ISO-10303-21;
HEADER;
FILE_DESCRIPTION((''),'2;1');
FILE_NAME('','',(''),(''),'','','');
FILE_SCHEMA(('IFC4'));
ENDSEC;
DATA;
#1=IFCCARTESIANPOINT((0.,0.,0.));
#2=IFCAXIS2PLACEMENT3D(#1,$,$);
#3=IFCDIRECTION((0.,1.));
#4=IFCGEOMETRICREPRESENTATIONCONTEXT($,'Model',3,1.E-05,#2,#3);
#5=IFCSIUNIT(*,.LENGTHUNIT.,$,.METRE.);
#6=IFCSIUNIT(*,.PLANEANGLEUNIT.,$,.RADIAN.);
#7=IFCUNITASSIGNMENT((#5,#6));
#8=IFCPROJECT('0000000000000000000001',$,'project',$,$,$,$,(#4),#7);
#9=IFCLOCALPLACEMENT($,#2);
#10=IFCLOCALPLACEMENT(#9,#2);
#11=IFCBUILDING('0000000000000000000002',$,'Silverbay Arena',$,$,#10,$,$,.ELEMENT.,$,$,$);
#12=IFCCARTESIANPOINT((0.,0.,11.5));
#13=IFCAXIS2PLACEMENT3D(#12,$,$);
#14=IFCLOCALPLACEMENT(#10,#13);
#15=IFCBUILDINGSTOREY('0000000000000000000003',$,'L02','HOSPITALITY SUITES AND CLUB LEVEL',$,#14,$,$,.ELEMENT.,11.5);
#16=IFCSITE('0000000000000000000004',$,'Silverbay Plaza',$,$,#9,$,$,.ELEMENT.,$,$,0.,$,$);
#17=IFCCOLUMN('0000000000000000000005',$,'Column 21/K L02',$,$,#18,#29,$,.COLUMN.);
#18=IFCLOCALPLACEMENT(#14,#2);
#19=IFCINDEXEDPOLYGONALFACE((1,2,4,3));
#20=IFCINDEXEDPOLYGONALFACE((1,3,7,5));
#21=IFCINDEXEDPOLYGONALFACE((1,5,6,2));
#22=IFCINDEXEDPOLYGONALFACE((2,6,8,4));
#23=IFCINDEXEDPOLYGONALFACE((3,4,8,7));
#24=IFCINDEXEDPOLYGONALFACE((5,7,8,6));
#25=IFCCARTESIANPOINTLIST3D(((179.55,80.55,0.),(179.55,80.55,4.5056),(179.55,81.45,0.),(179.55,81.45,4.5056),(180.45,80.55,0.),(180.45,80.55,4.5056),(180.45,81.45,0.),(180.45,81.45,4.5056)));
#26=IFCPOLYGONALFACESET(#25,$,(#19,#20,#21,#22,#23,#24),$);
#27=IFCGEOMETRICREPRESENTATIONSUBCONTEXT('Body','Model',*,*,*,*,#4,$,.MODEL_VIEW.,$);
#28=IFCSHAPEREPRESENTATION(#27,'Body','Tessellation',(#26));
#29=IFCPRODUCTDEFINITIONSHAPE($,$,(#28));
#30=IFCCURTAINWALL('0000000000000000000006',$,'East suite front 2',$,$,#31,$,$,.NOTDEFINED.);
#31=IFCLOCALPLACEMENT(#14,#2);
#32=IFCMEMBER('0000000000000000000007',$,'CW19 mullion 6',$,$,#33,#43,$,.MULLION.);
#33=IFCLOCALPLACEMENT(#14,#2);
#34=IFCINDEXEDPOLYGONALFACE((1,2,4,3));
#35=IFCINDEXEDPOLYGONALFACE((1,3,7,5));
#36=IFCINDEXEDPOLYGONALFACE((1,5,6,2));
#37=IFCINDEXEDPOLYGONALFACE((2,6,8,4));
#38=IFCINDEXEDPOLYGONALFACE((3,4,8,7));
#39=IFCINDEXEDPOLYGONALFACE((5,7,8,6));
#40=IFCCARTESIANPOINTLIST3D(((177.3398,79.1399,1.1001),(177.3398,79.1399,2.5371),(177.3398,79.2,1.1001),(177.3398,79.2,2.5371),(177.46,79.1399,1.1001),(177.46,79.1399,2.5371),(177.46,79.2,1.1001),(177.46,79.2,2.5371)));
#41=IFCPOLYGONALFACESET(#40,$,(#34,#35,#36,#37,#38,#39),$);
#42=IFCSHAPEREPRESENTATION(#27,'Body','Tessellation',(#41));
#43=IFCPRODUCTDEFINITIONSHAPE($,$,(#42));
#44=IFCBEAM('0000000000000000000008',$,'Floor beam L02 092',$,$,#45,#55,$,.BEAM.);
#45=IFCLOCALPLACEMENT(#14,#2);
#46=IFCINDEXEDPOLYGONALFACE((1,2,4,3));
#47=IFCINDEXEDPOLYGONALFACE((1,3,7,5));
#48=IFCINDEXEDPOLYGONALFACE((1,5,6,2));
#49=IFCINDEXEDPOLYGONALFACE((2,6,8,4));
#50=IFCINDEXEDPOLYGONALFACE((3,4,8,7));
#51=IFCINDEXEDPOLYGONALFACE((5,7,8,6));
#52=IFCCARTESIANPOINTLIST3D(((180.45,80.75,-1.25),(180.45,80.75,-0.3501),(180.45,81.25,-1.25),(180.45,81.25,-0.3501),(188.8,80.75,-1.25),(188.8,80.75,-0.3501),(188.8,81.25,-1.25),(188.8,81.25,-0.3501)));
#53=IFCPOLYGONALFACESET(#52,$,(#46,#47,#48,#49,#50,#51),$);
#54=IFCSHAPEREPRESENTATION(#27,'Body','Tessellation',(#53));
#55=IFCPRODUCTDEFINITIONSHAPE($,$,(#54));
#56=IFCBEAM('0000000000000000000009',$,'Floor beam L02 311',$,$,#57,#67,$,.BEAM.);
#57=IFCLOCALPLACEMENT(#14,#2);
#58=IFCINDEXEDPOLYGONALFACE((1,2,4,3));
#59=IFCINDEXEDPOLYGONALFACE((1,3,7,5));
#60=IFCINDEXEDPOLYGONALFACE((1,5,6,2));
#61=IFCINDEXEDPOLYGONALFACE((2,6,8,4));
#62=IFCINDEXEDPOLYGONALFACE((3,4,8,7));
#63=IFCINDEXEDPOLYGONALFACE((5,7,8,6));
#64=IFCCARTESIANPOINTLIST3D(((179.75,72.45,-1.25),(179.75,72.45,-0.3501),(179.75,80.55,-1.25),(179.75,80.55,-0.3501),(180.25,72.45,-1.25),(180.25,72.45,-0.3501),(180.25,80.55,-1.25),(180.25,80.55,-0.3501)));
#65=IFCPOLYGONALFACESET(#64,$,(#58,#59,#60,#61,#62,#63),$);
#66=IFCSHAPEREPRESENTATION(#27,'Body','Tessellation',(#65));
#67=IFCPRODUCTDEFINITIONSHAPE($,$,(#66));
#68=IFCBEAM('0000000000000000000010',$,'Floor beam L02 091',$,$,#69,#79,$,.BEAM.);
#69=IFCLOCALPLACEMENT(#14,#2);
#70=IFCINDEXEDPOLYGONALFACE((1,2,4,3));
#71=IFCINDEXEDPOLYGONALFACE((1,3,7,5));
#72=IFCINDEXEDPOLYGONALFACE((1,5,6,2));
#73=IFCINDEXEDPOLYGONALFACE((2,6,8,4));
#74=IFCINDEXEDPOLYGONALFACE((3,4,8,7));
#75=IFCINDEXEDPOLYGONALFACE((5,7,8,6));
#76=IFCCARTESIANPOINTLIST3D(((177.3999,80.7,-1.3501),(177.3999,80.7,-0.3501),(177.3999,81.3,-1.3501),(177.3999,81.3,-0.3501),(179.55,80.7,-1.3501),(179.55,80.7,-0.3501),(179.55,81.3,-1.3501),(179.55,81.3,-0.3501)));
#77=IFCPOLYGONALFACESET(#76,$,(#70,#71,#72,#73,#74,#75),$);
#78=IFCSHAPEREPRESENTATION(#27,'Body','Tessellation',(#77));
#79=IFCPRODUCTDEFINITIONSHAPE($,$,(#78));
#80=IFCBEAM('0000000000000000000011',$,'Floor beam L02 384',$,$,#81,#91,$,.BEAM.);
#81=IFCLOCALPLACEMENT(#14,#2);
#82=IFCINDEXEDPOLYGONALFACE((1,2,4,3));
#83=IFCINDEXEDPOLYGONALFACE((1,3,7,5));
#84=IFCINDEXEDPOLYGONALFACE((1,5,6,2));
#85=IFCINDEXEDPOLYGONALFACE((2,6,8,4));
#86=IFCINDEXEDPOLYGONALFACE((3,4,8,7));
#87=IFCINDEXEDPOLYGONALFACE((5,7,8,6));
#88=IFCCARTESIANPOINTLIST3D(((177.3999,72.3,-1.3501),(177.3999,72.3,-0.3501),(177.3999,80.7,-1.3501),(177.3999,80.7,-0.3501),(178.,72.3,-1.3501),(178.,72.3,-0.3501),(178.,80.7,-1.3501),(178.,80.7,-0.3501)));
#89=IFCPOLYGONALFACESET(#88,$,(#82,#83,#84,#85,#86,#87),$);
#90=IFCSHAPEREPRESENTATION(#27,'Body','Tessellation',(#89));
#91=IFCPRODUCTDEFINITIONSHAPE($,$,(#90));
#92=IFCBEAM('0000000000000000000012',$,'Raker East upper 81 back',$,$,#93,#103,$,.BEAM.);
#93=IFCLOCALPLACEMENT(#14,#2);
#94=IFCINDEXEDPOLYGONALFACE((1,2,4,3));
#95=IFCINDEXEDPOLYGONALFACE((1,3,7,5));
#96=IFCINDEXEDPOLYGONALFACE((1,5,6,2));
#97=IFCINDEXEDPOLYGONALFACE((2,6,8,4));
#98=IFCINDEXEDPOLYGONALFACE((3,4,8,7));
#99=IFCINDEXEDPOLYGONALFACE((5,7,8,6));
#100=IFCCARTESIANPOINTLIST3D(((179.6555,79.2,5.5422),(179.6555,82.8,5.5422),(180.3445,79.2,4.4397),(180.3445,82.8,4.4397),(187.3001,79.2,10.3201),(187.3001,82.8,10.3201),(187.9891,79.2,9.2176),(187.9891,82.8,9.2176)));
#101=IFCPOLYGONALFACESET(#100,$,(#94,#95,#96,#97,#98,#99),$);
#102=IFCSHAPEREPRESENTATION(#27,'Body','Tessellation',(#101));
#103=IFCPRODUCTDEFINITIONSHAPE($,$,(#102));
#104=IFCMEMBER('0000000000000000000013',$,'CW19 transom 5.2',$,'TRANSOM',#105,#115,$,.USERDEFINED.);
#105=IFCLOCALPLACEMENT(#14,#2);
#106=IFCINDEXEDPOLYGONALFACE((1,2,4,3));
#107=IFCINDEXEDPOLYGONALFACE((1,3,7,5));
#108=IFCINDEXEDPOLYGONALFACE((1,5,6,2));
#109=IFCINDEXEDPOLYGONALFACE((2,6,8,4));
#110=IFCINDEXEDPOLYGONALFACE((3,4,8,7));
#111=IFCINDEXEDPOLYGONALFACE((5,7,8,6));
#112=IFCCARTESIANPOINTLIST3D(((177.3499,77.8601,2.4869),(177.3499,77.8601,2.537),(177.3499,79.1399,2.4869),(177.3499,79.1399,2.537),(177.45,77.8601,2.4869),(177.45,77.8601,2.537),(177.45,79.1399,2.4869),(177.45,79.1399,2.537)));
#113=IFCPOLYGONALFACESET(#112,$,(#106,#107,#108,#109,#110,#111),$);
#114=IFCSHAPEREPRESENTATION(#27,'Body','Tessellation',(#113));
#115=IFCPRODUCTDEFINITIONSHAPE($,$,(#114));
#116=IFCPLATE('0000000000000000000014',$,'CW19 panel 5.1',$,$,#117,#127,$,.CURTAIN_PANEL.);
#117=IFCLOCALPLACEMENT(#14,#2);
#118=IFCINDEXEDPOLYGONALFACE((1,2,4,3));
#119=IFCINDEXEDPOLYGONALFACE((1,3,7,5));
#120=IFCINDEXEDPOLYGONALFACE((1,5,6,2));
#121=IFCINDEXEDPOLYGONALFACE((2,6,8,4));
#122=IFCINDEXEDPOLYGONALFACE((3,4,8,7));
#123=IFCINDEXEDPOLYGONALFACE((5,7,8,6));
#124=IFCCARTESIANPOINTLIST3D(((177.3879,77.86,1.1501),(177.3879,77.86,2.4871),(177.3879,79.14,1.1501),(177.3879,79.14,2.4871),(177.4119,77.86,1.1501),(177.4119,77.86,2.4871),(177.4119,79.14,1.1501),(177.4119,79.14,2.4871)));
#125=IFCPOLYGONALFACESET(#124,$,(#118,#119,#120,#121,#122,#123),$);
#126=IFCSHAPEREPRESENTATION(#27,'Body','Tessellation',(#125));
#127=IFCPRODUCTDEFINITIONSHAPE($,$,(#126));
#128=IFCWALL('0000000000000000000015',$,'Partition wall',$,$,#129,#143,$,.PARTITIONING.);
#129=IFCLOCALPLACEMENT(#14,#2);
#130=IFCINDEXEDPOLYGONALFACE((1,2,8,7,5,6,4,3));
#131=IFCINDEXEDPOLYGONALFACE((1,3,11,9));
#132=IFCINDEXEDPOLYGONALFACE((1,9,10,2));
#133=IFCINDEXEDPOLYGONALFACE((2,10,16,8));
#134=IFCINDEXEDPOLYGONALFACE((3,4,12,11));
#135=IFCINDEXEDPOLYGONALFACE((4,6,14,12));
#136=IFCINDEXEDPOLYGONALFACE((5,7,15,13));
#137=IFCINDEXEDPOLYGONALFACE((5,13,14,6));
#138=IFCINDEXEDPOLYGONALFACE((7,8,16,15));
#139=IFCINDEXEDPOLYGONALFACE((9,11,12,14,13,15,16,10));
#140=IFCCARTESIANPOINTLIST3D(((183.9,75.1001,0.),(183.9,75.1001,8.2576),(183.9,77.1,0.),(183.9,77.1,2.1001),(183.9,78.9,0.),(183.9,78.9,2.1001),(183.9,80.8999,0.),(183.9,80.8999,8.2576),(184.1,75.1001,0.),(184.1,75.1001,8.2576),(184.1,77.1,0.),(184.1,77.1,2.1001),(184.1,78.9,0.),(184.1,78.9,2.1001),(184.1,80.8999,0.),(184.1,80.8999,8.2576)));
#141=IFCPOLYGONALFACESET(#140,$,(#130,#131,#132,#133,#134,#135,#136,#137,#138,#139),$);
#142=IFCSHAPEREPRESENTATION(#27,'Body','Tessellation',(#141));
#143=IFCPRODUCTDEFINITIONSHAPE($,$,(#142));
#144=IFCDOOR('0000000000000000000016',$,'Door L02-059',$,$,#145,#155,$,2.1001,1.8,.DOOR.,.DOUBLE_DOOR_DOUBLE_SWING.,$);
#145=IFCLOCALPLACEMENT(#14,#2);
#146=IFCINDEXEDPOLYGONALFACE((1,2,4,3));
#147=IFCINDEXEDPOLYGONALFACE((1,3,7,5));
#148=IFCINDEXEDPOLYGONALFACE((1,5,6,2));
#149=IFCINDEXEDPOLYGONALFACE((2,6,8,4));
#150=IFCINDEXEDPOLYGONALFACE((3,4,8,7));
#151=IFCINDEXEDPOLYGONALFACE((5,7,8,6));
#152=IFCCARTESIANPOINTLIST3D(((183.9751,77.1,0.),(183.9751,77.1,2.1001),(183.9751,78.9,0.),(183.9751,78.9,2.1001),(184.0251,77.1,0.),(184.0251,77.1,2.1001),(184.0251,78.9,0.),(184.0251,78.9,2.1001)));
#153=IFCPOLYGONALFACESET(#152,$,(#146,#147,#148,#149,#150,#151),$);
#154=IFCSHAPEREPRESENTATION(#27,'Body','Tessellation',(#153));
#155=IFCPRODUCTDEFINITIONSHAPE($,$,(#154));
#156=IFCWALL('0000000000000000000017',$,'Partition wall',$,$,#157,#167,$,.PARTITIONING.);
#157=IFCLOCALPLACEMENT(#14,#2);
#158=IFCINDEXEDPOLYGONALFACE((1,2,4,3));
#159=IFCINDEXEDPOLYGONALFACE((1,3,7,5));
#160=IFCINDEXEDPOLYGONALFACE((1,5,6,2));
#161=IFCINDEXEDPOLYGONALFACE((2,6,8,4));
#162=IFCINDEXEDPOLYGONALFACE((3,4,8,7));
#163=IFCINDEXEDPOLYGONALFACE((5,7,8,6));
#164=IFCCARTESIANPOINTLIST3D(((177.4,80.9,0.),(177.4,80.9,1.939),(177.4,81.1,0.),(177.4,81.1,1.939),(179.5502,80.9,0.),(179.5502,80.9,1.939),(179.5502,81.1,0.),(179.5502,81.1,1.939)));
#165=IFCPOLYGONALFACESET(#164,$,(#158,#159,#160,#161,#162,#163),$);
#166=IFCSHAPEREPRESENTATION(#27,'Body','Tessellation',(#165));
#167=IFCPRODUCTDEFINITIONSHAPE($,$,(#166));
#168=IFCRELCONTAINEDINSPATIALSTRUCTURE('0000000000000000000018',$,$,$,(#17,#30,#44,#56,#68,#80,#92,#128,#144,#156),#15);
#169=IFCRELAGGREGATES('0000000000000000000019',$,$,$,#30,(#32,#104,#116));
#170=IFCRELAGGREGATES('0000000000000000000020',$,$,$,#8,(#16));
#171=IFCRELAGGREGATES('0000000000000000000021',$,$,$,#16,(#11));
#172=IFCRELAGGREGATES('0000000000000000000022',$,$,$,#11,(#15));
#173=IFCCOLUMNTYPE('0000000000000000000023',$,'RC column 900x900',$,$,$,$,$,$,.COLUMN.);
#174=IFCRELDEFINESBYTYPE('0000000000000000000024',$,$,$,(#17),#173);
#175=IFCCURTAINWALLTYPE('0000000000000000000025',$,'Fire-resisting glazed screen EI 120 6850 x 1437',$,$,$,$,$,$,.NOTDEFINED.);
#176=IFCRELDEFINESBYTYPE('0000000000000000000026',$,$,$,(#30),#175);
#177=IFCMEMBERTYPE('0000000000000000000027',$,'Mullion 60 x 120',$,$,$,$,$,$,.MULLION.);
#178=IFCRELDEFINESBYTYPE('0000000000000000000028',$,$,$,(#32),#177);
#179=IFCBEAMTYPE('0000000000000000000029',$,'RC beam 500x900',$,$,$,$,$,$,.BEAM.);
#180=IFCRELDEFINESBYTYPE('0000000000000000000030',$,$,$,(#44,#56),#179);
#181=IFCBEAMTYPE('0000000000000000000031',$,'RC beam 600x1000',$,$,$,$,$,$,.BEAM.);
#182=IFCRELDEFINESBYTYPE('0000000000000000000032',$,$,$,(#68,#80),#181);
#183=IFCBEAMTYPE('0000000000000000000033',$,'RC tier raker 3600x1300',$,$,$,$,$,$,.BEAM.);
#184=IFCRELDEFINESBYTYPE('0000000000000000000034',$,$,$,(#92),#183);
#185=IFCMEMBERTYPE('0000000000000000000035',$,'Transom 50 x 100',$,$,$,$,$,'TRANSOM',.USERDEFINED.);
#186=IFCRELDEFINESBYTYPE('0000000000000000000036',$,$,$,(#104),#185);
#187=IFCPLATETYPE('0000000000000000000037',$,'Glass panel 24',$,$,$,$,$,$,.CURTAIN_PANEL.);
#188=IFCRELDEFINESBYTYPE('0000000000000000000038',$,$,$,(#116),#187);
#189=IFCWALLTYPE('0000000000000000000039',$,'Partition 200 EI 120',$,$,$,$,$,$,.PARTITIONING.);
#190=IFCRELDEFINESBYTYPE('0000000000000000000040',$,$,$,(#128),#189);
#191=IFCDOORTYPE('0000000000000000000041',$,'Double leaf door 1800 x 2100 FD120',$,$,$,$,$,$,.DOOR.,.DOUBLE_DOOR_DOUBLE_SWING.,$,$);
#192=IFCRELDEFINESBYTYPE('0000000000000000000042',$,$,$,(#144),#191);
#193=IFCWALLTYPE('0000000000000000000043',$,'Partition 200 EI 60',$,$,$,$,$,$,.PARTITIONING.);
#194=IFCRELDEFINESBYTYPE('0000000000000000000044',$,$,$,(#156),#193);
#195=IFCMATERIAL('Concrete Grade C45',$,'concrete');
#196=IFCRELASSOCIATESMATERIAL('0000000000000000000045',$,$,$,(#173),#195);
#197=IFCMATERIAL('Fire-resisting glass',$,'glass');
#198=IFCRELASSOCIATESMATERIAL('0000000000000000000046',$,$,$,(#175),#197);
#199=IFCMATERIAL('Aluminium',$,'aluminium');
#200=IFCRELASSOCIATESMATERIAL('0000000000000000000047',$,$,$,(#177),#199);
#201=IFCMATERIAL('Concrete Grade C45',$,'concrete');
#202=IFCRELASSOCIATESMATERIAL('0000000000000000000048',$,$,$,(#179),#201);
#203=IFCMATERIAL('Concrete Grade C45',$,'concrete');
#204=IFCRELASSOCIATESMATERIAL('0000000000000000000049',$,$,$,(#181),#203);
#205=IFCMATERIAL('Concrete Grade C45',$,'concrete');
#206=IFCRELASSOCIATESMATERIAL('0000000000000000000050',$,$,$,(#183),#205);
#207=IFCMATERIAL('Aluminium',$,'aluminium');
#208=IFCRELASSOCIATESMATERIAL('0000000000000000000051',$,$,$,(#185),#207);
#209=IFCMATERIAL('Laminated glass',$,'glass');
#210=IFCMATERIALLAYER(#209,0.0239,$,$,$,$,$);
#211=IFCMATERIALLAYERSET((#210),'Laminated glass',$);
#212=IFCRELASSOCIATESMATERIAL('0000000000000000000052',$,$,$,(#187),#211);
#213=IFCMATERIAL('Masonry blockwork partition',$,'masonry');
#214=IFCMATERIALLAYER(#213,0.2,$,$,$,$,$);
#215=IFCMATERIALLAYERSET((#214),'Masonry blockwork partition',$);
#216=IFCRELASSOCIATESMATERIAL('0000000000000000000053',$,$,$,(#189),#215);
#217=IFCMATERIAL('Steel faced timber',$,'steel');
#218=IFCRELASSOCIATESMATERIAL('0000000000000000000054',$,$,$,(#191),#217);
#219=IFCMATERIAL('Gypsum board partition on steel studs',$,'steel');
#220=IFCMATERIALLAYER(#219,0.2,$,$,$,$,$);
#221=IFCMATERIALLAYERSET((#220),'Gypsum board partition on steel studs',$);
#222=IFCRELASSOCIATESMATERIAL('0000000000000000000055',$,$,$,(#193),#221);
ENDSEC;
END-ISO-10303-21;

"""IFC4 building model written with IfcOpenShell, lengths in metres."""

from ifc_helpers import new_model, si_unit, direction, frame, frame_2d, origin, origin_2d, place, context, subcontext, project, spatial, rectangle, extrude, material, layer, layer_set, material_profile, profile_set, type_object, element, fill, aggregate, save


model = new_model("IFC4")

# Units and contexts
model_context = context("Model", 3, precision=1e-05, world=origin(), true_north=direction((0.0, 1.0)))
body_context = subcontext(model_context, "Body", "Model", "MODEL_VIEW")
ifc_project = project(units=[si_unit("LENGTHUNIT", "METRE"), si_unit("PLANEANGLEUNIT", "RADIAN")], contexts=[model_context])

# Site, building, storey
site_placement = place(None, origin())
site = spatial("IfcSite", under=ifc_project, at=site_placement, Name="Silverbay Plaza", CompositionType="ELEMENT", RefElevation=0.0)
building_placement = place(site_placement, origin())
building = spatial("IfcBuilding", under=site, at=building_placement, Name="Silverbay Arena", CompositionType="ELEMENT")
storey_placement = place(building_placement, frame((0.0, 0.0, 11.5)))
storey = spatial("IfcBuildingStorey", under=building, at=storey_placement, Name="L02", Description="HOSPITALITY SUITES AND CLUB LEVEL", CompositionType="ELEMENT", Elevation=11.5)

# Column
ifc_material_1 = material(Name="Concrete Grade C45", Category="concrete")
ifc_material_profile_1 = material_profile(ifc_material_1, rectangle(XDim=0.8999, YDim=0.8999, at=origin_2d()), Name="RC 900x900")
ifc_profile_set_1 = profile_set([ifc_material_profile_1], Name="Concrete Grade C45")
column_type = type_object("IfcColumnType", Name="RC column 900x900", PredefinedType="COLUMN", material=ifc_profile_set_1)
column_placement = place(storey_placement, frame((180.0, 81.0, 0.0), z_axis=(0.0, 0.0, 1.0), x_axis=(1.0, 0.0, 0.0)))
element("IfcColumn", 1, at=column_placement, inside=storey, type_object=column_type, Name="Column 21/K L02", PredefinedType="COLUMN", context=body_context, shape_type="SweptSolid", body=[
    extrude(rectangle(XDim=0.8999, YDim=0.8999, at=origin_2d()), origin(), (0.0, 0.0, 1.0), 4.5056),
])

# Curtain wall, member
ifc_material_2 = material(Name="Fire-resisting glass", Category="glass")
curtain_wall_type = type_object("IfcCurtainWallType", Name="Fire-resisting glazed screen EI 120 6850 x 1437", PredefinedType="NOTDEFINED", material=ifc_material_2)
curtain_wall_placement = place(storey_placement, origin())
curtain_wall = element("IfcCurtainWall", 2, at=curtain_wall_placement, inside=storey, type_object=curtain_wall_type, Name="East suite front 2", PredefinedType="NOTDEFINED")
ifc_material_3 = material(Name="Aluminium", Category="aluminium")
ifc_material_profile_2 = material_profile(ifc_material_3, rectangle(XDim=0.1201, YDim=0.0601, at=origin_2d()), Name="Mullion 60 x 120")
ifc_profile_set_2 = profile_set([ifc_material_profile_2], Name="Aluminium")
member_type_1 = type_object("IfcMemberType", Name="Mullion 60 x 120", PredefinedType="MULLION", material=ifc_profile_set_2)
member_1_placement = place(storey_placement, frame((177.3999, 79.1699, 1.1001), z_axis=(0.0, 0.0, 1.0), x_axis=(-1.0, 0.0, 0.0)))
member_1 = element("IfcMember", 3, at=member_1_placement, type_object=member_type_1, Name="CW19 mullion 6", PredefinedType="MULLION", context=body_context, shape_type="SweptSolid", body=[
    extrude(rectangle(XDim=0.1201, YDim=0.0601, at=origin_2d()), origin(), (0.0, 0.0, 1.0), 1.437),
])

# Beams
ifc_material_4 = material(Name="Concrete Grade C45", Category="concrete")
ifc_material_profile_3 = material_profile(ifc_material_4, rectangle(XDim=0.5, YDim=0.8999, at=origin_2d()), Name="RC 500x900")
ifc_profile_set_3 = profile_set([ifc_material_profile_3], Name="Concrete Grade C45")
beam_type_1 = type_object("IfcBeamType", Name="RC beam 500x900", PredefinedType="BEAM", material=ifc_profile_set_3)
beam_1_placement = place(storey_placement, frame((180.45, 81.0, -0.8), z_axis=(1.0, 0.0, 0.0), x_axis=(0.0, 1.0, 0.0)))
element("IfcBeam", 4, at=beam_1_placement, inside=storey, type_object=beam_type_1, Name="Floor beam L02 092", PredefinedType="BEAM", context=body_context, shape_type="SweptSolid", body=[
    extrude(rectangle(XDim=0.5, YDim=0.8999, at=origin_2d()), origin(), (0.0, 0.0, 1.0), 8.3501),
])
beam_2_placement = place(storey_placement, frame((180.0, 72.45, -0.8), z_axis=(0.0, 1.0, 0.0), x_axis=(-1.0, 0.0, 0.0)))
element("IfcBeam", 5, at=beam_2_placement, inside=storey, type_object=beam_type_1, Name="Floor beam L02 311", PredefinedType="BEAM", context=body_context, shape_type="SweptSolid", body=[
    extrude(rectangle(XDim=0.5, YDim=0.8999, at=origin_2d()), origin(), (0.0, 0.0, 1.0), 8.1001),
])
ifc_material_5 = material(Name="Concrete Grade C45", Category="concrete")
ifc_material_profile_4 = material_profile(ifc_material_5, rectangle(XDim=0.6001, YDim=1.0, at=origin_2d()), Name="RC 600x1000")
ifc_profile_set_4 = profile_set([ifc_material_profile_4], Name="Concrete Grade C45")
beam_type_2 = type_object("IfcBeamType", Name="RC beam 600x1000", PredefinedType="BEAM", material=ifc_profile_set_4)
beam_3_placement = place(storey_placement, frame((177.3999, 81.0, -0.8501), z_axis=(1.0, 0.0, 0.0), x_axis=(0.0, 1.0, 0.0)))
element("IfcBeam", 6, at=beam_3_placement, inside=storey, type_object=beam_type_2, Name="Floor beam L02 091", PredefinedType="BEAM", context=body_context, shape_type="SweptSolid", body=[
    extrude(rectangle(XDim=0.6001, YDim=1.0, at=origin_2d()), origin(), (0.0, 0.0, 1.0), 2.1501),
])
beam_4_placement = place(storey_placement, frame((177.7, 72.3, -0.8501), z_axis=(0.0, 1.0, 0.0), x_axis=(-1.0, 0.0, 0.0)))
element("IfcBeam", 7, at=beam_4_placement, inside=storey, type_object=beam_type_2, Name="Floor beam L02 384", PredefinedType="BEAM", context=body_context, shape_type="SweptSolid", body=[
    extrude(rectangle(XDim=0.6001, YDim=1.0, at=origin_2d()), origin(), (0.0, 0.0, 1.0), 8.3999),
])
ifc_material_6 = material(Name="Concrete Grade C45", Category="concrete")
ifc_material_profile_5 = material_profile(ifc_material_6, rectangle(XDim=3.6001, YDim=1.3, at=origin_2d()), Name="RC 3600x1300")
ifc_profile_set_5 = profile_set([ifc_material_profile_5], Name="Concrete Grade C45")
beam_type_3 = type_object("IfcBeamType", Name="RC tier raker 3600x1300", PredefinedType="BEAM", material=ifc_profile_set_5)
beam_5_placement = place(storey_placement, frame((180.0, 81.0, 4.991), z_axis=(0.847998, 0.0, 0.529999), x_axis=(0.0, 1.0, 0.0)))
element("IfcBeam", 8, at=beam_5_placement, inside=storey, type_object=beam_type_3, Name="Raker East upper 81 back", PredefinedType="BEAM", context=body_context, shape_type="SweptSolid", body=[
    extrude(rectangle(XDim=3.6001, YDim=1.3, at=origin_2d()), origin(), (0.0, 0.0, 1.0), 9.0149),
])

# Member
ifc_material_7 = material(Name="Aluminium", Category="aluminium")
ifc_material_profile_6 = material_profile(ifc_material_7, rectangle(XDim=0.1001, YDim=0.05, at=origin_2d()), Name="Transom 50 x 100")
ifc_profile_set_6 = profile_set([ifc_material_profile_6], Name="Aluminium")
member_type_2 = type_object("IfcMemberType", Name="Transom 50 x 100", ElementType="TRANSOM", PredefinedType="USERDEFINED", material=ifc_profile_set_6)
member_2_placement = place(storey_placement, frame((177.3999, 77.8601, 2.512), z_axis=(0.0, 1.0, 0.0), x_axis=(-1.0, 0.0, 0.0)))
member_2 = element("IfcMember", 9, at=member_2_placement, type_object=member_type_2, Name="CW19 transom 5.2", ObjectType="TRANSOM", PredefinedType="USERDEFINED", context=body_context, shape_type="SweptSolid", body=[
    extrude(rectangle(XDim=0.1001, YDim=0.05, at=origin_2d()), origin(), (0.0, 0.0, 1.0), 1.2798),
])

# Plate
ifc_material_8 = material(Name="Laminated glass", Category="glass")
ifc_layer_1 = layer(ifc_material_8, 0.0239)
ifc_layer_set_1 = layer_set([ifc_layer_1], Name="Laminated glass")
plate_type = type_object("IfcPlateType", Name="Glass panel 24", PredefinedType="CURTAIN_PANEL", material=ifc_layer_set_1)
plate_placement = place(storey_placement, frame((177.3999, 78.5, 1.1501), z_axis=(0.0, 0.0, 1.0), x_axis=(0.0, 1.0, 0.0)))
plate = element("IfcPlate", 10, at=plate_placement, type_object=plate_type, Name="CW19 panel 5.1", PredefinedType="CURTAIN_PANEL", context=body_context, shape_type="SweptSolid", body=[
    extrude(rectangle(XDim=1.28, YDim=0.0239, at=origin_2d()), origin(), (0.0, 0.0, 1.0), 1.3369),
])
aggregate(curtain_wall, [member_1, member_2, plate])

# Wall, opening, door
ifc_material_9 = material(Name="Masonry blockwork partition", Category="masonry")
ifc_layer_2 = layer(ifc_material_9, 0.2)
ifc_layer_set_2 = layer_set([ifc_layer_2], Name="Masonry blockwork partition")
wall_type_1 = type_object("IfcWallType", Name="Partition 200 EI 120", PredefinedType="PARTITIONING", material=ifc_layer_set_2)
wall_1_placement = place(storey_placement, frame((184.0, 75.1001, 0.0), z_axis=(0.0, 0.0, 1.0), x_axis=(0.0, 1.0, 0.0)))
wall_1 = element("IfcWall", 11, at=wall_1_placement, inside=storey, type_object=wall_type_1, Name="Partition wall", PredefinedType="PARTITIONING", context=body_context, shape_type="SweptSolid", body=[
    extrude(rectangle(XDim=5.7998, YDim=0.2, at=frame_2d((2.8999, 0.0))), origin(), (0.0, 0.0, 1.0), 8.2576),
])
opening_1_placement = place(wall_1_placement, frame((2.0, 0.0, 0.0)))
opening_1 = element("IfcOpeningElement", 12, at=opening_1_placement, cuts=wall_1, PredefinedType="OPENING", context=body_context, shape_type="SweptSolid", body=[
    extrude(rectangle(XDim=1.8, YDim=2.1001, at=frame_2d((0.8999, 1.05))), frame((0.0, 0.1099, 0.0), z_axis=(0.0, -1.0, 0.0), x_axis=(1.0, 0.0, 0.0)), (0.0, 0.0, 1.0), 0.22),
])
ifc_material_10 = material(Name="Steel faced timber", Category="steel")
door_type_1 = type_object("IfcDoorType", Name="Double leaf door 1800 x 2100 FD120", OperationType="DOUBLE_DOOR_DOUBLE_SWING", PredefinedType="DOOR", material=ifc_material_10)
door_1_placement = place(opening_1_placement, origin())
door_1 = element("IfcDoor", 13, at=door_1_placement, inside=storey, type_object=door_type_1, Name="Door L02-059", OperationType="DOUBLE_DOOR_DOUBLE_SWING", OverallHeight=2.1001, OverallWidth=1.8, PredefinedType="DOOR", context=body_context, shape_type="SweptSolid", body=[
    extrude(rectangle(XDim=1.8, YDim=2.1001, at=frame_2d((0.8999, 1.05))), frame((0.0, 0.0249, 0.0), z_axis=(0.0, -1.0, 0.0), x_axis=(1.0, 0.0, 0.0)), (0.0, 0.0, 1.0), 0.05),
])
fill(opening_1, door_1)

# Wall
ifc_material_11 = material(Name="Gypsum board partition on steel studs", Category="steel")
ifc_layer_3 = layer(ifc_material_11, 0.2)
ifc_layer_set_3 = layer_set([ifc_layer_3], Name="Gypsum board partition on steel studs")
wall_type_2 = type_object("IfcWallType", Name="Partition 200 EI 60", PredefinedType="PARTITIONING", material=ifc_layer_set_3)
wall_2_placement = place(storey_placement, frame((177.3999, 81.0, 0.0), z_axis=(0.0, 0.0, 1.0), x_axis=(1.0, 0.0, 0.0)))
element("IfcWall", 14, at=wall_2_placement, inside=storey, type_object=wall_type_2, Name="Partition wall", PredefinedType="PARTITIONING", context=body_context, shape_type="SweptSolid", body=[
    extrude(rectangle(XDim=2.1501, YDim=0.2, at=frame_2d((1.0752, 0.0))), origin(), (0.0, 0.0, 1.0), 1.939),
])

save(model, "model.ifc")
